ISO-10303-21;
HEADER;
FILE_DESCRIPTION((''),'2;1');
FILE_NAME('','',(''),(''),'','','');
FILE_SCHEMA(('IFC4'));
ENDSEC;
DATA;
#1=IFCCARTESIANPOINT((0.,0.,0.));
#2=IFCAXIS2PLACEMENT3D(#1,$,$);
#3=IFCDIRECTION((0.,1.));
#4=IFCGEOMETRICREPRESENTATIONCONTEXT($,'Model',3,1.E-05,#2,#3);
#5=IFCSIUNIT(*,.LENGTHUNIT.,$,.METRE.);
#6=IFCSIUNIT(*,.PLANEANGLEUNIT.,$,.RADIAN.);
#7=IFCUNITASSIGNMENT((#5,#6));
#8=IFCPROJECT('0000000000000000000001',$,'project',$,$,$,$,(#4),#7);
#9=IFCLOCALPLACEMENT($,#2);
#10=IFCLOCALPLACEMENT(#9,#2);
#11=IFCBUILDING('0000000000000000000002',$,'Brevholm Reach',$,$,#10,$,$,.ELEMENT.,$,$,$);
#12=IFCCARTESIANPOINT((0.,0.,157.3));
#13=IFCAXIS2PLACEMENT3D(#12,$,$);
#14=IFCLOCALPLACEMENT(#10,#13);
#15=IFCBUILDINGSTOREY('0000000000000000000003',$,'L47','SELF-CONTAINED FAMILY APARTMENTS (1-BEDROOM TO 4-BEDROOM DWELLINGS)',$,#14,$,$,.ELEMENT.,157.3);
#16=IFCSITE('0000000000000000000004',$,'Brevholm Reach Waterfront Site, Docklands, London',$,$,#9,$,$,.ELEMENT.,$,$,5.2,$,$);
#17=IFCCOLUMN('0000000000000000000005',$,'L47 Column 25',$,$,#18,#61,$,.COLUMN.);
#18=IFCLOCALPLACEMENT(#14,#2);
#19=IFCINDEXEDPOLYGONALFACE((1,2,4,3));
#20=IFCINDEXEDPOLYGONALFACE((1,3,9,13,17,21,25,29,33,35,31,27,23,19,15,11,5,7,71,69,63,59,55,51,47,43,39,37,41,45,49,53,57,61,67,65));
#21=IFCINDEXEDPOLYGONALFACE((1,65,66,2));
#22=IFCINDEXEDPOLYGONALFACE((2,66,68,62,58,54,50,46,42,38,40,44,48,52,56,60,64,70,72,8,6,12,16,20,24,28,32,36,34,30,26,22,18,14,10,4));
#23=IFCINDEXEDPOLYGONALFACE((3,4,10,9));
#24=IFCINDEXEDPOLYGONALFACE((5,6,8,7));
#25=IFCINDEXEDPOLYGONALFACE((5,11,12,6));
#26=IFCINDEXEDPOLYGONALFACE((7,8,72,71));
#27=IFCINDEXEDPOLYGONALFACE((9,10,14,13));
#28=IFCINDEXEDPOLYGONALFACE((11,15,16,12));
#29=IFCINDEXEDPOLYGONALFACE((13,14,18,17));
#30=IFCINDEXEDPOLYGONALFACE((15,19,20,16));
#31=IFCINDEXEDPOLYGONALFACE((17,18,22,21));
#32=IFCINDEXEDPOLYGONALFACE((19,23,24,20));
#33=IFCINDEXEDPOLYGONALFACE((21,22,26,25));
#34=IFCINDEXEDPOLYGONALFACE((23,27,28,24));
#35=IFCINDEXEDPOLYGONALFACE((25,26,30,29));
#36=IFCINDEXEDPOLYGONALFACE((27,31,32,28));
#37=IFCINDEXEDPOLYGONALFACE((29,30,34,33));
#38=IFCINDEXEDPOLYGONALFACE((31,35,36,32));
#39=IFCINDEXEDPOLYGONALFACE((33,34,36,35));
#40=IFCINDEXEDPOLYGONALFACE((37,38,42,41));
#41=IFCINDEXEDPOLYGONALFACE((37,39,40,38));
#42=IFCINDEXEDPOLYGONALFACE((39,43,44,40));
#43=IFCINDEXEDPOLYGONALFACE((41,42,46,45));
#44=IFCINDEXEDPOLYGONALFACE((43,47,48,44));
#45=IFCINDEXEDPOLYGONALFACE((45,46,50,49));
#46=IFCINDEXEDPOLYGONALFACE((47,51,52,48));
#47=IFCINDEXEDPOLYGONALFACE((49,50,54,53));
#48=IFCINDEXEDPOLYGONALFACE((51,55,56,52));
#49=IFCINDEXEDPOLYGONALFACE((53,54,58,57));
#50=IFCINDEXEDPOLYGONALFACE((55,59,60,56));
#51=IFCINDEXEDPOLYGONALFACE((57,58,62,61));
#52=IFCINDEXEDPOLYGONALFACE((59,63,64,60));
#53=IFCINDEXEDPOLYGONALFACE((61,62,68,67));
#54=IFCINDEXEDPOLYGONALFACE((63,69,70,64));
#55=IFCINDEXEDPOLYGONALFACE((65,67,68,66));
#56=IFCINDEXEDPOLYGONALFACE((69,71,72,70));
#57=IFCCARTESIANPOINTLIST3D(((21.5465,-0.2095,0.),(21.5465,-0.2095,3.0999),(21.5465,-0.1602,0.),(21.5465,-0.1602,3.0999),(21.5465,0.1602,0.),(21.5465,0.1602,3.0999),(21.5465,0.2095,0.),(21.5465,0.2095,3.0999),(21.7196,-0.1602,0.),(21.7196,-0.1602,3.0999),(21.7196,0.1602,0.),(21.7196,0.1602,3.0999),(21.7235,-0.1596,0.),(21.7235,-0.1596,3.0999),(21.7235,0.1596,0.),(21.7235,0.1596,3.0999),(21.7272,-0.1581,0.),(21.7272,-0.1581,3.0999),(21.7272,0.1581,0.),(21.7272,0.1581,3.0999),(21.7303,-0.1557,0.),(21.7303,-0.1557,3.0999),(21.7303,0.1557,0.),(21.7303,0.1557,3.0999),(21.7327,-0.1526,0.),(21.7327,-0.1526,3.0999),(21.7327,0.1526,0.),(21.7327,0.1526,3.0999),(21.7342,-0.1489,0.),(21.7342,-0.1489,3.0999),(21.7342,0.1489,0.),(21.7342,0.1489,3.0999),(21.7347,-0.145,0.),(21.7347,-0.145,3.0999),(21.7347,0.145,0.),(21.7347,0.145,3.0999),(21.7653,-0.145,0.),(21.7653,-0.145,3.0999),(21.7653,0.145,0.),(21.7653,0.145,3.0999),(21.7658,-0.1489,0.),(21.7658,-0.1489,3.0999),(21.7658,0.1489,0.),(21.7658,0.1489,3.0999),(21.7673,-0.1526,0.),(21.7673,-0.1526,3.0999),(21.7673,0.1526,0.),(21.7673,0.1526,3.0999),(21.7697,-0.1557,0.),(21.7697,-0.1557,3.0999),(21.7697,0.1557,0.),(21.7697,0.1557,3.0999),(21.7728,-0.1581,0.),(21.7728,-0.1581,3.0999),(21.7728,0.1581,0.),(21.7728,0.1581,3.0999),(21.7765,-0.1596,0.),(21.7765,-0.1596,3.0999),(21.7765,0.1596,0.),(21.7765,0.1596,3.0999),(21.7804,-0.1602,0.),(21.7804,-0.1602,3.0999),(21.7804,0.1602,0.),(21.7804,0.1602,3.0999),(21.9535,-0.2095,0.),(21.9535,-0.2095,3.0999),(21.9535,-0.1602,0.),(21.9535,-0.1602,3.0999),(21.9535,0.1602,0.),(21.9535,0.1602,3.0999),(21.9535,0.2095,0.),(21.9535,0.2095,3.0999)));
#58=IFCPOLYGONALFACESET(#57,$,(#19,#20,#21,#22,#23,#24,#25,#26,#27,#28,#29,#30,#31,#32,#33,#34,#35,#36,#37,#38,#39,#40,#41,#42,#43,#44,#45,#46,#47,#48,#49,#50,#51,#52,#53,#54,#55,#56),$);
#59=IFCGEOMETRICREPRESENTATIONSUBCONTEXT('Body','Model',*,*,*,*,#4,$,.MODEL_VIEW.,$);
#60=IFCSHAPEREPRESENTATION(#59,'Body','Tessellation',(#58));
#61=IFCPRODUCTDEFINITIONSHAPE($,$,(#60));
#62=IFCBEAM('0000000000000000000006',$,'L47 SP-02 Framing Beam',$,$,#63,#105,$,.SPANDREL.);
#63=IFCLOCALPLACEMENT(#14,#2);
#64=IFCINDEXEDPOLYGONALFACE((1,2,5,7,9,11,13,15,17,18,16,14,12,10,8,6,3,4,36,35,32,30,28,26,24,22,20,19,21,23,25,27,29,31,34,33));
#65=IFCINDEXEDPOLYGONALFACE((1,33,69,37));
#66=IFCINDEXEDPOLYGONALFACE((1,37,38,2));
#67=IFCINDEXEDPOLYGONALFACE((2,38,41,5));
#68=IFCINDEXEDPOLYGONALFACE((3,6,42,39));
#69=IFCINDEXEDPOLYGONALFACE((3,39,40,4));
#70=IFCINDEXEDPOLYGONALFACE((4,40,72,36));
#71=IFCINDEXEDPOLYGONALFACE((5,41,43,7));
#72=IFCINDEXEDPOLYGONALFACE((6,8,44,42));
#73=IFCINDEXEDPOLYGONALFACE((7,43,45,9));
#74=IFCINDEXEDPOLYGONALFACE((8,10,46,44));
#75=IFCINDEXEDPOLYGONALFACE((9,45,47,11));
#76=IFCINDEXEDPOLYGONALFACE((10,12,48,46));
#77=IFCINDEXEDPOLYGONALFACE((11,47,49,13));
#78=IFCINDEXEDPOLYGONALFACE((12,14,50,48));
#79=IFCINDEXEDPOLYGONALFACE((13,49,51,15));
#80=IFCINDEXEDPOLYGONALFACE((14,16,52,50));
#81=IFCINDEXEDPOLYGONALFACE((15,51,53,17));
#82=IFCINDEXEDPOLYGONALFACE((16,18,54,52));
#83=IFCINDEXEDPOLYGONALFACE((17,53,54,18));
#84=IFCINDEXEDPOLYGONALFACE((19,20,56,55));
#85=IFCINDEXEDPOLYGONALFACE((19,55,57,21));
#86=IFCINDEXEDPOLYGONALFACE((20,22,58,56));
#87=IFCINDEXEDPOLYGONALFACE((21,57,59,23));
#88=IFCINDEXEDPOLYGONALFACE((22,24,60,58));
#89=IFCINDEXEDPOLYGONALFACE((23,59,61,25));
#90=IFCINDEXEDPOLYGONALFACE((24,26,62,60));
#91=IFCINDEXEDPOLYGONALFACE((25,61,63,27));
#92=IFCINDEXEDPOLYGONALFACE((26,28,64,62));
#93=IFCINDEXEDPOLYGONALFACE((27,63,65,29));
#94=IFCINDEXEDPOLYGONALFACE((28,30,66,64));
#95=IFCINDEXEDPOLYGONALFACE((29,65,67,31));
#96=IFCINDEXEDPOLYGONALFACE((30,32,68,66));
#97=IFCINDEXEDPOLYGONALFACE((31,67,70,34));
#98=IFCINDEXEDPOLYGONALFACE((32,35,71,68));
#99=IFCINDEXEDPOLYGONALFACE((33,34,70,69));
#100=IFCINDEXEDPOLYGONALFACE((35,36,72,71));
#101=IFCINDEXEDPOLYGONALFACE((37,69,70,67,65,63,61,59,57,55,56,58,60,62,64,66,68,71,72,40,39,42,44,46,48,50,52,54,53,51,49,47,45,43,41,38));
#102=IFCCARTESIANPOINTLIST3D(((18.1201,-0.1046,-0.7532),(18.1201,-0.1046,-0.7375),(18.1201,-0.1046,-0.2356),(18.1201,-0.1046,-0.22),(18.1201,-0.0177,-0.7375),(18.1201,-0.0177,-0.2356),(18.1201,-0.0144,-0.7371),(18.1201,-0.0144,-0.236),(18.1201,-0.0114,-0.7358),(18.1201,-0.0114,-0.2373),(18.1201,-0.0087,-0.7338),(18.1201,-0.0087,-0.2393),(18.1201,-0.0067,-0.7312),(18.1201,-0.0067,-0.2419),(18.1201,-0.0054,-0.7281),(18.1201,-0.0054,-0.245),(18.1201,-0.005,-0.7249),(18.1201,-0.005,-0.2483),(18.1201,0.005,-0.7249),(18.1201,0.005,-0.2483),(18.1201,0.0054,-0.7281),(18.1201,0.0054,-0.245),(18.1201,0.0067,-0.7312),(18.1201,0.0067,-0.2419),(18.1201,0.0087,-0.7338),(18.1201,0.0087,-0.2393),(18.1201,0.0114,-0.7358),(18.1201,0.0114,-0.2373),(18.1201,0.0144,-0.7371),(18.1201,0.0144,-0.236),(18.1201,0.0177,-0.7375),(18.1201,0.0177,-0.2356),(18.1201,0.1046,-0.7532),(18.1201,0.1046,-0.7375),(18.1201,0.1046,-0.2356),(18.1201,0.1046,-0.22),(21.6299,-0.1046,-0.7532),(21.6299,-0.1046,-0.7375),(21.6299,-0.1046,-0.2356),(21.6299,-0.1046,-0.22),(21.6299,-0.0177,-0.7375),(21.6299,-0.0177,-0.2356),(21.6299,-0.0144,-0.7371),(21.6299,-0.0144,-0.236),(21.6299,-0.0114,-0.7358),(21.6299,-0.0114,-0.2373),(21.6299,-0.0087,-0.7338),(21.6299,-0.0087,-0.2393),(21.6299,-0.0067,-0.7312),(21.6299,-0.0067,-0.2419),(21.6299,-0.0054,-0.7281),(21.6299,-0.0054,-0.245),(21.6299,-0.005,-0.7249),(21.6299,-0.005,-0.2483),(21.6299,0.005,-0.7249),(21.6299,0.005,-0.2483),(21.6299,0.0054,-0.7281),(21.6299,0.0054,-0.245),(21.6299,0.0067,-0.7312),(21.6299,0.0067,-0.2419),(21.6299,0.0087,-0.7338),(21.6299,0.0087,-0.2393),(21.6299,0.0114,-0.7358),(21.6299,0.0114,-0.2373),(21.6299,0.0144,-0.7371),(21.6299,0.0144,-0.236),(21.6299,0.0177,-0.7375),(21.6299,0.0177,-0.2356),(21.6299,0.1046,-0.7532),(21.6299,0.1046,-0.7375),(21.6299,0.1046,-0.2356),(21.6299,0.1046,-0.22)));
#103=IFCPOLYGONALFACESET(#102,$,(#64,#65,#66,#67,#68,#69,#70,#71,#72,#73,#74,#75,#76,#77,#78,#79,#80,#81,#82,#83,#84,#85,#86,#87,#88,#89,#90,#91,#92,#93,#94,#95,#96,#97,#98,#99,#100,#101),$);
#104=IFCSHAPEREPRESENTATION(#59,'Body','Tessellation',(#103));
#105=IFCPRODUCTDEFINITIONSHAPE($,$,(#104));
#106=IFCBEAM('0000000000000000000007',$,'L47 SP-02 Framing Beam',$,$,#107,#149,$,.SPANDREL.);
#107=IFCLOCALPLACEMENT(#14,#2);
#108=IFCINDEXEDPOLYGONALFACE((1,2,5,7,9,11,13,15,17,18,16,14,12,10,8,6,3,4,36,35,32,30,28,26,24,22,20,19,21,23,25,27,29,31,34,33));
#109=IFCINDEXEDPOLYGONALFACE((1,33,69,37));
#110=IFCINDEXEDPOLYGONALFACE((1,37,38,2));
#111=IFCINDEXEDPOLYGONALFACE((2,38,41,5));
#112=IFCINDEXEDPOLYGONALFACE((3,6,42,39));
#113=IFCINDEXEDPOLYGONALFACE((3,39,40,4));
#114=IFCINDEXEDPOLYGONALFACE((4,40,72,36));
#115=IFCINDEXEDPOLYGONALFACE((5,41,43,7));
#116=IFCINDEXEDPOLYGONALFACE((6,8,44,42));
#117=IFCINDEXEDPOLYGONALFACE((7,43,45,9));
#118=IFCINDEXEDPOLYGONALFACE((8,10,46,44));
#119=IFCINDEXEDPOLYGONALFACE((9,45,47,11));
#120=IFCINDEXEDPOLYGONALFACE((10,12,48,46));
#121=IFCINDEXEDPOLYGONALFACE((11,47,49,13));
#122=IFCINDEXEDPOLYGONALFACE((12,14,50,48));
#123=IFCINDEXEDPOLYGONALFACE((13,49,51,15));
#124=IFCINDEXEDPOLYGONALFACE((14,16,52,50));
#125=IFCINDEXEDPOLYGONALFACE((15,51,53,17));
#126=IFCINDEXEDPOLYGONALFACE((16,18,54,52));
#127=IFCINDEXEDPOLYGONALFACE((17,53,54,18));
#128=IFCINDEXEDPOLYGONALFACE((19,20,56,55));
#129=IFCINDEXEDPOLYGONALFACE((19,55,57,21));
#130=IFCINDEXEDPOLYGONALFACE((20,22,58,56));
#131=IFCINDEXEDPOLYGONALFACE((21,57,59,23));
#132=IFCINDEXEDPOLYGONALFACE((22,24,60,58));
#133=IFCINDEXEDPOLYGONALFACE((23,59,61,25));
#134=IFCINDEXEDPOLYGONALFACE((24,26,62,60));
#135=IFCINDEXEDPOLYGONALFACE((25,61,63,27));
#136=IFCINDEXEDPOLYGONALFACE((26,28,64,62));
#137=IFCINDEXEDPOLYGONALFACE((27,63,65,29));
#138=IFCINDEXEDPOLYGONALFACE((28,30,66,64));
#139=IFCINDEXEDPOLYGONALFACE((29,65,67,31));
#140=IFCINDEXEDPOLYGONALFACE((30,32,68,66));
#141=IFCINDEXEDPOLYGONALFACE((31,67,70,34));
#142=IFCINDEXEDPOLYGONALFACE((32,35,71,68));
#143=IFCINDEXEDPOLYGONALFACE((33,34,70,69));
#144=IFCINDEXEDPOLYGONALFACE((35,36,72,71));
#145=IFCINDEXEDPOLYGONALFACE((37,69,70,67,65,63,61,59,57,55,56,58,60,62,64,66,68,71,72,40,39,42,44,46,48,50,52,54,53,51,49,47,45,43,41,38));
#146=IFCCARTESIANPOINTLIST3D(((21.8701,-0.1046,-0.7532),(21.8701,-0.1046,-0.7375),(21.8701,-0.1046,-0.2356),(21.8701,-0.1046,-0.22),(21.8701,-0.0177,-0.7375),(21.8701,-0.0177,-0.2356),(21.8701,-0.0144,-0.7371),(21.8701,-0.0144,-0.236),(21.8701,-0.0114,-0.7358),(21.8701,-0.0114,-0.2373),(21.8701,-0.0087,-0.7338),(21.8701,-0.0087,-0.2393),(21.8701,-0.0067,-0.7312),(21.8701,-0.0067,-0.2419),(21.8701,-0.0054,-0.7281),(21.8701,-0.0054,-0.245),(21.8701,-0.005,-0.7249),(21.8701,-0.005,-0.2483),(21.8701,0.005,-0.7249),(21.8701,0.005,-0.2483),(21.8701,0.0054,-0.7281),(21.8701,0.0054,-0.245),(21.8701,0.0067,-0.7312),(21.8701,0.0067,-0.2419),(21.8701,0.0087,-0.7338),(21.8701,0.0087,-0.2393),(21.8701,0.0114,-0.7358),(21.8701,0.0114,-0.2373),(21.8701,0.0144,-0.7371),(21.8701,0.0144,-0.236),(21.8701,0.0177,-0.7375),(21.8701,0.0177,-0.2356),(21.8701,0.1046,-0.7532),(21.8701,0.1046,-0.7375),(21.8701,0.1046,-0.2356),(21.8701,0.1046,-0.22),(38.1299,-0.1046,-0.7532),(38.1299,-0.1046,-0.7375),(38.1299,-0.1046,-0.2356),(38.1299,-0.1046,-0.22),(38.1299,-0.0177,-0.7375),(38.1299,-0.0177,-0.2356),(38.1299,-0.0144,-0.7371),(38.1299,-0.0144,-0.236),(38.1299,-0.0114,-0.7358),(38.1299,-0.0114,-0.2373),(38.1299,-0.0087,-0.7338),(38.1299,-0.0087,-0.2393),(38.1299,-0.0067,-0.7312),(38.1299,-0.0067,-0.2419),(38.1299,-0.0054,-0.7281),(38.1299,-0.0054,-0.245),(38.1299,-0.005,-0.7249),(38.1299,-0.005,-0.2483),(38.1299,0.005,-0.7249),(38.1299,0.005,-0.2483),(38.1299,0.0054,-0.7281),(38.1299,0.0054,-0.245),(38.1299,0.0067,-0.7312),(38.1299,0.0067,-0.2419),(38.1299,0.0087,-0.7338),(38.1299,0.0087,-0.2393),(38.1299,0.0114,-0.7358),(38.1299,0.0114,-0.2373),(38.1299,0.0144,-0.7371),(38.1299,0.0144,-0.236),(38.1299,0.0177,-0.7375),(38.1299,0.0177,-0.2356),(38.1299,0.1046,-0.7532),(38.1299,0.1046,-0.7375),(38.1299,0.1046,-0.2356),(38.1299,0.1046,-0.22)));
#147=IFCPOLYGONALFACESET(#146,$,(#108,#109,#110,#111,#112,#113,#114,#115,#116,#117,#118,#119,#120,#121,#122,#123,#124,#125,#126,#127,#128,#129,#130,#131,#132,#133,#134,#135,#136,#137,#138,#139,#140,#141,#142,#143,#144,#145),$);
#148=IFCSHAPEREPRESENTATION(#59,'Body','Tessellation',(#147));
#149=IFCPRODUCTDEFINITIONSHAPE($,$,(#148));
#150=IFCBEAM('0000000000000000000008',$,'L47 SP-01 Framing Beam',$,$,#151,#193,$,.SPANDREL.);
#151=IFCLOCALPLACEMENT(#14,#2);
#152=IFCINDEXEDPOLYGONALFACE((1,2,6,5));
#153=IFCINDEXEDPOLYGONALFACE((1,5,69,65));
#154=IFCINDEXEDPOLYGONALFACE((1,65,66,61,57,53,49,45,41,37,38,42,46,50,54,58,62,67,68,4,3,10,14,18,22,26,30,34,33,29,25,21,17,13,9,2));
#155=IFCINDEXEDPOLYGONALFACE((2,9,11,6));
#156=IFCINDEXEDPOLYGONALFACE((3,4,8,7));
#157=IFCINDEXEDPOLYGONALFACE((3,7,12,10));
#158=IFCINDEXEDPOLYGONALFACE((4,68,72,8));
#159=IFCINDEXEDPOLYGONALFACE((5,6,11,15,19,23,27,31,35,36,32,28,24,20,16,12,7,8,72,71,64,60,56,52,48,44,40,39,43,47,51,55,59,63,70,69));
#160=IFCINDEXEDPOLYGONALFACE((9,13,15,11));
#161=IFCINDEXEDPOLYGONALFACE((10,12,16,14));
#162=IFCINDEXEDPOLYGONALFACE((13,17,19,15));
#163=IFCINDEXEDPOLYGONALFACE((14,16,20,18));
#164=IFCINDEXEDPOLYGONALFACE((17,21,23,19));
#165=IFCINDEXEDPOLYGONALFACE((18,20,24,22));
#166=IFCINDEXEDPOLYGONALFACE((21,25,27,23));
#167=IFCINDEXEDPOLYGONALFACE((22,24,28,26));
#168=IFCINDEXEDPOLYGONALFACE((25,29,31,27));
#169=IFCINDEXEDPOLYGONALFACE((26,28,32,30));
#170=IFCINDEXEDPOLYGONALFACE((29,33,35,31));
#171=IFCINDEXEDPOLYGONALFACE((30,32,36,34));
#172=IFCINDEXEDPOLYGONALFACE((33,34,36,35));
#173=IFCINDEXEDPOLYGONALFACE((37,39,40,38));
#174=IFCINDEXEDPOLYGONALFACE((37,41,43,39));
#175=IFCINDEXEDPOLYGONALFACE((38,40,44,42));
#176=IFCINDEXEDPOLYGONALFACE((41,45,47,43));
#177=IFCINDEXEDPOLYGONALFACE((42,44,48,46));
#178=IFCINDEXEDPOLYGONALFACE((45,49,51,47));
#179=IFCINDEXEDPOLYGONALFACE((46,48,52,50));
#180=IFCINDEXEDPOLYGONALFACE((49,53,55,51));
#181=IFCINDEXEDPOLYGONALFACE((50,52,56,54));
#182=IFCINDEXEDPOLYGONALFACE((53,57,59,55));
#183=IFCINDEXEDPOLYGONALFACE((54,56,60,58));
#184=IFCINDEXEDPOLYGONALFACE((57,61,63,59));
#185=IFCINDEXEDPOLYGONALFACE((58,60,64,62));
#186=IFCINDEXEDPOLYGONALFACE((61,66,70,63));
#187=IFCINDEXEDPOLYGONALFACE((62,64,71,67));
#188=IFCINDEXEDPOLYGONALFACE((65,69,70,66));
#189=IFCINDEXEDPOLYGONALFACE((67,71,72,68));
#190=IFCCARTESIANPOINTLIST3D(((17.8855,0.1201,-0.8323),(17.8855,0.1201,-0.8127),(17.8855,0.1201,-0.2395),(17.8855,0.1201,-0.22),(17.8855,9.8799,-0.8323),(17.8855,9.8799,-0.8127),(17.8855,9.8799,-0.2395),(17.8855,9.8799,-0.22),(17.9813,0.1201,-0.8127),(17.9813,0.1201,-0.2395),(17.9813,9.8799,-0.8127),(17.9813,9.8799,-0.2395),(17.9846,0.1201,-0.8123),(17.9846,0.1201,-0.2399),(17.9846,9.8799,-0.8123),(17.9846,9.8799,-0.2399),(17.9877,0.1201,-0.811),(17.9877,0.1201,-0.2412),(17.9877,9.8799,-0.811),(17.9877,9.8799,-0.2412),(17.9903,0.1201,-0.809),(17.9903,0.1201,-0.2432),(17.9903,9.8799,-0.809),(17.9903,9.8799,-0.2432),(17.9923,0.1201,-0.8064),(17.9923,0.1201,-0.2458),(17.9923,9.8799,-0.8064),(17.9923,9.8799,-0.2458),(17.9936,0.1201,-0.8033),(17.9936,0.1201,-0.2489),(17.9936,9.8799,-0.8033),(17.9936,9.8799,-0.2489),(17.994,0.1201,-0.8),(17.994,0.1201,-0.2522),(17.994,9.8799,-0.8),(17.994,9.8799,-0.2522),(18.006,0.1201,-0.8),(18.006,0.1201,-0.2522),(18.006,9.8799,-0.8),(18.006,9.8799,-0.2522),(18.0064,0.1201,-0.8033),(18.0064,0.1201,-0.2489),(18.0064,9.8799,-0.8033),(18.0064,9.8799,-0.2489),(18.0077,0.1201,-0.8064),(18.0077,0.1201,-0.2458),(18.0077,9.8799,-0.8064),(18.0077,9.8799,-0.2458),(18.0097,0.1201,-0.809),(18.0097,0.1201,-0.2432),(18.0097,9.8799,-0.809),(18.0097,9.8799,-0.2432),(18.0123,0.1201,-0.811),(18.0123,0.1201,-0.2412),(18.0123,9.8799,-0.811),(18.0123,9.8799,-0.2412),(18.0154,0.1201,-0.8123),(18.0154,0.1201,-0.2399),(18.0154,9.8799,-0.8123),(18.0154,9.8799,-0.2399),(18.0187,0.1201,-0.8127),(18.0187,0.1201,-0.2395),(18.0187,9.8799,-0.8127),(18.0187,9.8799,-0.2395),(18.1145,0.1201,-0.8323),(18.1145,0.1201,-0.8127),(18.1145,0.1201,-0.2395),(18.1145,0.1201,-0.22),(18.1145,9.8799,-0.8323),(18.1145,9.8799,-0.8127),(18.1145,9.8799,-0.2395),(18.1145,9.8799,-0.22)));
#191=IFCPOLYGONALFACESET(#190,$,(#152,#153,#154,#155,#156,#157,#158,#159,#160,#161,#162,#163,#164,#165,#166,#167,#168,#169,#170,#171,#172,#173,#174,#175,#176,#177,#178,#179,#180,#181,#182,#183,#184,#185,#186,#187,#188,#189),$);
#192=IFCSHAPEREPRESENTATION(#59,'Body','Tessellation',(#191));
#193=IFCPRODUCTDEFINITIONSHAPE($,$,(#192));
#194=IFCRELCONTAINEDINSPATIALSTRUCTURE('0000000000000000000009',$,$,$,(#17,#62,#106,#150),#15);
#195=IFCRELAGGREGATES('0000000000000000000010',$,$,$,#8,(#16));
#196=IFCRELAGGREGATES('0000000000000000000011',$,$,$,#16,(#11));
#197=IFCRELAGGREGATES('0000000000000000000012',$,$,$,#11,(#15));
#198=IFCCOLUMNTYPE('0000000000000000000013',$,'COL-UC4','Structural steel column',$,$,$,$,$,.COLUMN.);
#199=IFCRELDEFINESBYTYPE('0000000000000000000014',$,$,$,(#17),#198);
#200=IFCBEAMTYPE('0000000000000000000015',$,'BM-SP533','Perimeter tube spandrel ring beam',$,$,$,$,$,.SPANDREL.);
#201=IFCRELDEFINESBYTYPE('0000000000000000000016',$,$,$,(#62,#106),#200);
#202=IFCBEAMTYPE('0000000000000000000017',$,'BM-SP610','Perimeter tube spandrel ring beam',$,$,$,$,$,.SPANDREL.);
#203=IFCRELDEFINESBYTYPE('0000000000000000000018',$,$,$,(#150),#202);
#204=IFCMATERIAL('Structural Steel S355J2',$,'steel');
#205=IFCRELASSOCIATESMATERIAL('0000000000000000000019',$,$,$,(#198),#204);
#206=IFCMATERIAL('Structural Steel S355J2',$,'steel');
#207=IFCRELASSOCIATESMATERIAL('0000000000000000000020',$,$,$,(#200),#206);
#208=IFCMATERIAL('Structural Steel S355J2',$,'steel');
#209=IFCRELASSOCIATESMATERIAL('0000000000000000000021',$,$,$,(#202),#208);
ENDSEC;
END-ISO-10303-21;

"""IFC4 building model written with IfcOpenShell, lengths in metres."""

from ifc_helpers import new_model, si_unit, direction, frame, origin, origin_2d, place, context, subcontext, project, spatial, i_section, extrude, material, material_profile, profile_set, type_object, element, save


model = new_model("IFC4")

# Units and contexts
model_context = context("Model", 3, precision=1e-05, world=origin(), true_north=direction((0.0, 1.0)))
body_context = subcontext(model_context, "Body", "Model", "MODEL_VIEW")
ifc_project = project(units=[si_unit("LENGTHUNIT", "METRE"), si_unit("PLANEANGLEUNIT", "RADIAN")], contexts=[model_context])

# Site, building, storey
site_placement = place(None, origin())
site = spatial("IfcSite", under=ifc_project, at=site_placement, Name="Brevholm Reach Waterfront Site, Docklands, London", CompositionType="ELEMENT", RefElevation=5.2)
building_placement = place(site_placement, origin())
building = spatial("IfcBuilding", under=site, at=building_placement, Name="Brevholm Reach", CompositionType="ELEMENT")
storey_placement = place(building_placement, frame((0.0, 0.0, 157.3)))
storey = spatial("IfcBuildingStorey", under=building, at=storey_placement, Name="L47", Description="SELF-CONTAINED FAMILY APARTMENTS (1-BEDROOM TO 4-BEDROOM DWELLINGS)", CompositionType="ELEMENT", Elevation=157.3)

# Column
ifc_material_1 = material(Name="Structural Steel S355J2", Category="steel")
ifc_material_profile_1 = material_profile(ifc_material_1, i_section(OverallWidth=0.407, OverallDepth=0.4189, WebThickness=0.0305, FlangeThickness=0.0493, FilletRadius=0.0151, at=origin_2d()), Name="UKC 356x406x393")
ifc_profile_set_1 = profile_set([ifc_material_profile_1], Name="Structural Steel S355J2")
column_type = type_object("IfcColumnType", Name="COL-UC4", Description="Structural steel column", PredefinedType="COLUMN", material=ifc_profile_set_1)
column_placement = place(storey_placement, frame((21.75, 0.0, 0.0), z_axis=(0.0, 0.0, 1.0), x_axis=(1.0, 0.0, 0.0)))
element("IfcColumn", 1, at=column_placement, inside=storey, type_object=column_type, Name="L47 Column 25", PredefinedType="COLUMN", context=body_context, shape_type="SweptSolid", body=[
    extrude(i_section(OverallWidth=0.407, OverallDepth=0.4189, WebThickness=0.0305, FlangeThickness=0.0493, FilletRadius=0.0151, at=origin_2d()), origin(), (0.0, 0.0, 1.0), 3.0999),
])

# Beams
ifc_material_2 = material(Name="Structural Steel S355J2", Category="steel")
ifc_material_profile_2 = material_profile(ifc_material_2, i_section(OverallWidth=0.2092, OverallDepth=0.5332, WebThickness=0.01, FlangeThickness=0.0156, FilletRadius=0.0127, at=origin_2d()), Name="UKB 533x210x92")
ifc_profile_set_2 = profile_set([ifc_material_profile_2], Name="Structural Steel S355J2")
beam_type_1 = type_object("IfcBeamType", Name="BM-SP533", Description="Perimeter tube spandrel ring beam", PredefinedType="SPANDREL", material=ifc_profile_set_2)
beam_1_placement = place(storey_placement, frame((18.1201, 0.0, -0.4866), z_axis=(1.0, 0.0, 0.0), x_axis=(0.0, 1.0, 0.0)))
element("IfcBeam", 2, at=beam_1_placement, inside=storey, type_object=beam_type_1, Name="L47 SP-02 Framing Beam", PredefinedType="SPANDREL", context=body_context, shape_type="SweptSolid", body=[
    extrude(i_section(OverallWidth=0.2092, OverallDepth=0.5332, WebThickness=0.01, FlangeThickness=0.0156, FilletRadius=0.0127, at=origin_2d()), origin(), (0.0, 0.0, 1.0), 3.5098),
])
beam_2_placement = place(storey_placement, frame((21.8701, 0.0, -0.4866), z_axis=(1.0, 0.0, 0.0), x_axis=(0.0, 1.0, 0.0)))
element("IfcBeam", 3, at=beam_2_placement, inside=storey, type_object=beam_type_1, Name="L47 SP-02 Framing Beam", PredefinedType="SPANDREL", context=body_context, shape_type="SweptSolid", body=[
    extrude(i_section(OverallWidth=0.2092, OverallDepth=0.5332, WebThickness=0.01, FlangeThickness=0.0156, FilletRadius=0.0127, at=origin_2d()), origin(), (0.0, 0.0, 1.0), 16.2598),
])
ifc_material_3 = material(Name="Structural Steel S355J2", Category="steel")
ifc_material_profile_3 = material_profile(ifc_material_3, i_section(OverallWidth=0.229, OverallDepth=0.6123, WebThickness=0.012, FlangeThickness=0.0195, FilletRadius=0.0127, at=origin_2d()), Name="UKB 610x229x125")
ifc_profile_set_3 = profile_set([ifc_material_profile_3], Name="Structural Steel S355J2")
beam_type_2 = type_object("IfcBeamType", Name="BM-SP610", Description="Perimeter tube spandrel ring beam", PredefinedType="SPANDREL", material=ifc_profile_set_3)
for number, where, z_axis, x_axis, name in (
    (4, (18.0, 0.1201, -0.5261), (0.0, 1.0, 0.0), (-1.0, 0.0, 0.0), "L47 SP-01 Framing Beam"),
):
    element("IfcBeam", number, at=place(storey_placement, frame(where, z_axis=z_axis, x_axis=x_axis)), inside=storey, type_object=beam_type_2, Name=name, PredefinedType="SPANDREL", context=body_context, shape_type="SweptSolid", body=[
        extrude(i_section(OverallWidth=0.229, OverallDepth=0.6123, WebThickness=0.012, FlangeThickness=0.0195, FilletRadius=0.0127, at=origin_2d()), origin(), (0.0, 0.0, 1.0), 9.7598),
    ])

save(model, "model.ifc")
